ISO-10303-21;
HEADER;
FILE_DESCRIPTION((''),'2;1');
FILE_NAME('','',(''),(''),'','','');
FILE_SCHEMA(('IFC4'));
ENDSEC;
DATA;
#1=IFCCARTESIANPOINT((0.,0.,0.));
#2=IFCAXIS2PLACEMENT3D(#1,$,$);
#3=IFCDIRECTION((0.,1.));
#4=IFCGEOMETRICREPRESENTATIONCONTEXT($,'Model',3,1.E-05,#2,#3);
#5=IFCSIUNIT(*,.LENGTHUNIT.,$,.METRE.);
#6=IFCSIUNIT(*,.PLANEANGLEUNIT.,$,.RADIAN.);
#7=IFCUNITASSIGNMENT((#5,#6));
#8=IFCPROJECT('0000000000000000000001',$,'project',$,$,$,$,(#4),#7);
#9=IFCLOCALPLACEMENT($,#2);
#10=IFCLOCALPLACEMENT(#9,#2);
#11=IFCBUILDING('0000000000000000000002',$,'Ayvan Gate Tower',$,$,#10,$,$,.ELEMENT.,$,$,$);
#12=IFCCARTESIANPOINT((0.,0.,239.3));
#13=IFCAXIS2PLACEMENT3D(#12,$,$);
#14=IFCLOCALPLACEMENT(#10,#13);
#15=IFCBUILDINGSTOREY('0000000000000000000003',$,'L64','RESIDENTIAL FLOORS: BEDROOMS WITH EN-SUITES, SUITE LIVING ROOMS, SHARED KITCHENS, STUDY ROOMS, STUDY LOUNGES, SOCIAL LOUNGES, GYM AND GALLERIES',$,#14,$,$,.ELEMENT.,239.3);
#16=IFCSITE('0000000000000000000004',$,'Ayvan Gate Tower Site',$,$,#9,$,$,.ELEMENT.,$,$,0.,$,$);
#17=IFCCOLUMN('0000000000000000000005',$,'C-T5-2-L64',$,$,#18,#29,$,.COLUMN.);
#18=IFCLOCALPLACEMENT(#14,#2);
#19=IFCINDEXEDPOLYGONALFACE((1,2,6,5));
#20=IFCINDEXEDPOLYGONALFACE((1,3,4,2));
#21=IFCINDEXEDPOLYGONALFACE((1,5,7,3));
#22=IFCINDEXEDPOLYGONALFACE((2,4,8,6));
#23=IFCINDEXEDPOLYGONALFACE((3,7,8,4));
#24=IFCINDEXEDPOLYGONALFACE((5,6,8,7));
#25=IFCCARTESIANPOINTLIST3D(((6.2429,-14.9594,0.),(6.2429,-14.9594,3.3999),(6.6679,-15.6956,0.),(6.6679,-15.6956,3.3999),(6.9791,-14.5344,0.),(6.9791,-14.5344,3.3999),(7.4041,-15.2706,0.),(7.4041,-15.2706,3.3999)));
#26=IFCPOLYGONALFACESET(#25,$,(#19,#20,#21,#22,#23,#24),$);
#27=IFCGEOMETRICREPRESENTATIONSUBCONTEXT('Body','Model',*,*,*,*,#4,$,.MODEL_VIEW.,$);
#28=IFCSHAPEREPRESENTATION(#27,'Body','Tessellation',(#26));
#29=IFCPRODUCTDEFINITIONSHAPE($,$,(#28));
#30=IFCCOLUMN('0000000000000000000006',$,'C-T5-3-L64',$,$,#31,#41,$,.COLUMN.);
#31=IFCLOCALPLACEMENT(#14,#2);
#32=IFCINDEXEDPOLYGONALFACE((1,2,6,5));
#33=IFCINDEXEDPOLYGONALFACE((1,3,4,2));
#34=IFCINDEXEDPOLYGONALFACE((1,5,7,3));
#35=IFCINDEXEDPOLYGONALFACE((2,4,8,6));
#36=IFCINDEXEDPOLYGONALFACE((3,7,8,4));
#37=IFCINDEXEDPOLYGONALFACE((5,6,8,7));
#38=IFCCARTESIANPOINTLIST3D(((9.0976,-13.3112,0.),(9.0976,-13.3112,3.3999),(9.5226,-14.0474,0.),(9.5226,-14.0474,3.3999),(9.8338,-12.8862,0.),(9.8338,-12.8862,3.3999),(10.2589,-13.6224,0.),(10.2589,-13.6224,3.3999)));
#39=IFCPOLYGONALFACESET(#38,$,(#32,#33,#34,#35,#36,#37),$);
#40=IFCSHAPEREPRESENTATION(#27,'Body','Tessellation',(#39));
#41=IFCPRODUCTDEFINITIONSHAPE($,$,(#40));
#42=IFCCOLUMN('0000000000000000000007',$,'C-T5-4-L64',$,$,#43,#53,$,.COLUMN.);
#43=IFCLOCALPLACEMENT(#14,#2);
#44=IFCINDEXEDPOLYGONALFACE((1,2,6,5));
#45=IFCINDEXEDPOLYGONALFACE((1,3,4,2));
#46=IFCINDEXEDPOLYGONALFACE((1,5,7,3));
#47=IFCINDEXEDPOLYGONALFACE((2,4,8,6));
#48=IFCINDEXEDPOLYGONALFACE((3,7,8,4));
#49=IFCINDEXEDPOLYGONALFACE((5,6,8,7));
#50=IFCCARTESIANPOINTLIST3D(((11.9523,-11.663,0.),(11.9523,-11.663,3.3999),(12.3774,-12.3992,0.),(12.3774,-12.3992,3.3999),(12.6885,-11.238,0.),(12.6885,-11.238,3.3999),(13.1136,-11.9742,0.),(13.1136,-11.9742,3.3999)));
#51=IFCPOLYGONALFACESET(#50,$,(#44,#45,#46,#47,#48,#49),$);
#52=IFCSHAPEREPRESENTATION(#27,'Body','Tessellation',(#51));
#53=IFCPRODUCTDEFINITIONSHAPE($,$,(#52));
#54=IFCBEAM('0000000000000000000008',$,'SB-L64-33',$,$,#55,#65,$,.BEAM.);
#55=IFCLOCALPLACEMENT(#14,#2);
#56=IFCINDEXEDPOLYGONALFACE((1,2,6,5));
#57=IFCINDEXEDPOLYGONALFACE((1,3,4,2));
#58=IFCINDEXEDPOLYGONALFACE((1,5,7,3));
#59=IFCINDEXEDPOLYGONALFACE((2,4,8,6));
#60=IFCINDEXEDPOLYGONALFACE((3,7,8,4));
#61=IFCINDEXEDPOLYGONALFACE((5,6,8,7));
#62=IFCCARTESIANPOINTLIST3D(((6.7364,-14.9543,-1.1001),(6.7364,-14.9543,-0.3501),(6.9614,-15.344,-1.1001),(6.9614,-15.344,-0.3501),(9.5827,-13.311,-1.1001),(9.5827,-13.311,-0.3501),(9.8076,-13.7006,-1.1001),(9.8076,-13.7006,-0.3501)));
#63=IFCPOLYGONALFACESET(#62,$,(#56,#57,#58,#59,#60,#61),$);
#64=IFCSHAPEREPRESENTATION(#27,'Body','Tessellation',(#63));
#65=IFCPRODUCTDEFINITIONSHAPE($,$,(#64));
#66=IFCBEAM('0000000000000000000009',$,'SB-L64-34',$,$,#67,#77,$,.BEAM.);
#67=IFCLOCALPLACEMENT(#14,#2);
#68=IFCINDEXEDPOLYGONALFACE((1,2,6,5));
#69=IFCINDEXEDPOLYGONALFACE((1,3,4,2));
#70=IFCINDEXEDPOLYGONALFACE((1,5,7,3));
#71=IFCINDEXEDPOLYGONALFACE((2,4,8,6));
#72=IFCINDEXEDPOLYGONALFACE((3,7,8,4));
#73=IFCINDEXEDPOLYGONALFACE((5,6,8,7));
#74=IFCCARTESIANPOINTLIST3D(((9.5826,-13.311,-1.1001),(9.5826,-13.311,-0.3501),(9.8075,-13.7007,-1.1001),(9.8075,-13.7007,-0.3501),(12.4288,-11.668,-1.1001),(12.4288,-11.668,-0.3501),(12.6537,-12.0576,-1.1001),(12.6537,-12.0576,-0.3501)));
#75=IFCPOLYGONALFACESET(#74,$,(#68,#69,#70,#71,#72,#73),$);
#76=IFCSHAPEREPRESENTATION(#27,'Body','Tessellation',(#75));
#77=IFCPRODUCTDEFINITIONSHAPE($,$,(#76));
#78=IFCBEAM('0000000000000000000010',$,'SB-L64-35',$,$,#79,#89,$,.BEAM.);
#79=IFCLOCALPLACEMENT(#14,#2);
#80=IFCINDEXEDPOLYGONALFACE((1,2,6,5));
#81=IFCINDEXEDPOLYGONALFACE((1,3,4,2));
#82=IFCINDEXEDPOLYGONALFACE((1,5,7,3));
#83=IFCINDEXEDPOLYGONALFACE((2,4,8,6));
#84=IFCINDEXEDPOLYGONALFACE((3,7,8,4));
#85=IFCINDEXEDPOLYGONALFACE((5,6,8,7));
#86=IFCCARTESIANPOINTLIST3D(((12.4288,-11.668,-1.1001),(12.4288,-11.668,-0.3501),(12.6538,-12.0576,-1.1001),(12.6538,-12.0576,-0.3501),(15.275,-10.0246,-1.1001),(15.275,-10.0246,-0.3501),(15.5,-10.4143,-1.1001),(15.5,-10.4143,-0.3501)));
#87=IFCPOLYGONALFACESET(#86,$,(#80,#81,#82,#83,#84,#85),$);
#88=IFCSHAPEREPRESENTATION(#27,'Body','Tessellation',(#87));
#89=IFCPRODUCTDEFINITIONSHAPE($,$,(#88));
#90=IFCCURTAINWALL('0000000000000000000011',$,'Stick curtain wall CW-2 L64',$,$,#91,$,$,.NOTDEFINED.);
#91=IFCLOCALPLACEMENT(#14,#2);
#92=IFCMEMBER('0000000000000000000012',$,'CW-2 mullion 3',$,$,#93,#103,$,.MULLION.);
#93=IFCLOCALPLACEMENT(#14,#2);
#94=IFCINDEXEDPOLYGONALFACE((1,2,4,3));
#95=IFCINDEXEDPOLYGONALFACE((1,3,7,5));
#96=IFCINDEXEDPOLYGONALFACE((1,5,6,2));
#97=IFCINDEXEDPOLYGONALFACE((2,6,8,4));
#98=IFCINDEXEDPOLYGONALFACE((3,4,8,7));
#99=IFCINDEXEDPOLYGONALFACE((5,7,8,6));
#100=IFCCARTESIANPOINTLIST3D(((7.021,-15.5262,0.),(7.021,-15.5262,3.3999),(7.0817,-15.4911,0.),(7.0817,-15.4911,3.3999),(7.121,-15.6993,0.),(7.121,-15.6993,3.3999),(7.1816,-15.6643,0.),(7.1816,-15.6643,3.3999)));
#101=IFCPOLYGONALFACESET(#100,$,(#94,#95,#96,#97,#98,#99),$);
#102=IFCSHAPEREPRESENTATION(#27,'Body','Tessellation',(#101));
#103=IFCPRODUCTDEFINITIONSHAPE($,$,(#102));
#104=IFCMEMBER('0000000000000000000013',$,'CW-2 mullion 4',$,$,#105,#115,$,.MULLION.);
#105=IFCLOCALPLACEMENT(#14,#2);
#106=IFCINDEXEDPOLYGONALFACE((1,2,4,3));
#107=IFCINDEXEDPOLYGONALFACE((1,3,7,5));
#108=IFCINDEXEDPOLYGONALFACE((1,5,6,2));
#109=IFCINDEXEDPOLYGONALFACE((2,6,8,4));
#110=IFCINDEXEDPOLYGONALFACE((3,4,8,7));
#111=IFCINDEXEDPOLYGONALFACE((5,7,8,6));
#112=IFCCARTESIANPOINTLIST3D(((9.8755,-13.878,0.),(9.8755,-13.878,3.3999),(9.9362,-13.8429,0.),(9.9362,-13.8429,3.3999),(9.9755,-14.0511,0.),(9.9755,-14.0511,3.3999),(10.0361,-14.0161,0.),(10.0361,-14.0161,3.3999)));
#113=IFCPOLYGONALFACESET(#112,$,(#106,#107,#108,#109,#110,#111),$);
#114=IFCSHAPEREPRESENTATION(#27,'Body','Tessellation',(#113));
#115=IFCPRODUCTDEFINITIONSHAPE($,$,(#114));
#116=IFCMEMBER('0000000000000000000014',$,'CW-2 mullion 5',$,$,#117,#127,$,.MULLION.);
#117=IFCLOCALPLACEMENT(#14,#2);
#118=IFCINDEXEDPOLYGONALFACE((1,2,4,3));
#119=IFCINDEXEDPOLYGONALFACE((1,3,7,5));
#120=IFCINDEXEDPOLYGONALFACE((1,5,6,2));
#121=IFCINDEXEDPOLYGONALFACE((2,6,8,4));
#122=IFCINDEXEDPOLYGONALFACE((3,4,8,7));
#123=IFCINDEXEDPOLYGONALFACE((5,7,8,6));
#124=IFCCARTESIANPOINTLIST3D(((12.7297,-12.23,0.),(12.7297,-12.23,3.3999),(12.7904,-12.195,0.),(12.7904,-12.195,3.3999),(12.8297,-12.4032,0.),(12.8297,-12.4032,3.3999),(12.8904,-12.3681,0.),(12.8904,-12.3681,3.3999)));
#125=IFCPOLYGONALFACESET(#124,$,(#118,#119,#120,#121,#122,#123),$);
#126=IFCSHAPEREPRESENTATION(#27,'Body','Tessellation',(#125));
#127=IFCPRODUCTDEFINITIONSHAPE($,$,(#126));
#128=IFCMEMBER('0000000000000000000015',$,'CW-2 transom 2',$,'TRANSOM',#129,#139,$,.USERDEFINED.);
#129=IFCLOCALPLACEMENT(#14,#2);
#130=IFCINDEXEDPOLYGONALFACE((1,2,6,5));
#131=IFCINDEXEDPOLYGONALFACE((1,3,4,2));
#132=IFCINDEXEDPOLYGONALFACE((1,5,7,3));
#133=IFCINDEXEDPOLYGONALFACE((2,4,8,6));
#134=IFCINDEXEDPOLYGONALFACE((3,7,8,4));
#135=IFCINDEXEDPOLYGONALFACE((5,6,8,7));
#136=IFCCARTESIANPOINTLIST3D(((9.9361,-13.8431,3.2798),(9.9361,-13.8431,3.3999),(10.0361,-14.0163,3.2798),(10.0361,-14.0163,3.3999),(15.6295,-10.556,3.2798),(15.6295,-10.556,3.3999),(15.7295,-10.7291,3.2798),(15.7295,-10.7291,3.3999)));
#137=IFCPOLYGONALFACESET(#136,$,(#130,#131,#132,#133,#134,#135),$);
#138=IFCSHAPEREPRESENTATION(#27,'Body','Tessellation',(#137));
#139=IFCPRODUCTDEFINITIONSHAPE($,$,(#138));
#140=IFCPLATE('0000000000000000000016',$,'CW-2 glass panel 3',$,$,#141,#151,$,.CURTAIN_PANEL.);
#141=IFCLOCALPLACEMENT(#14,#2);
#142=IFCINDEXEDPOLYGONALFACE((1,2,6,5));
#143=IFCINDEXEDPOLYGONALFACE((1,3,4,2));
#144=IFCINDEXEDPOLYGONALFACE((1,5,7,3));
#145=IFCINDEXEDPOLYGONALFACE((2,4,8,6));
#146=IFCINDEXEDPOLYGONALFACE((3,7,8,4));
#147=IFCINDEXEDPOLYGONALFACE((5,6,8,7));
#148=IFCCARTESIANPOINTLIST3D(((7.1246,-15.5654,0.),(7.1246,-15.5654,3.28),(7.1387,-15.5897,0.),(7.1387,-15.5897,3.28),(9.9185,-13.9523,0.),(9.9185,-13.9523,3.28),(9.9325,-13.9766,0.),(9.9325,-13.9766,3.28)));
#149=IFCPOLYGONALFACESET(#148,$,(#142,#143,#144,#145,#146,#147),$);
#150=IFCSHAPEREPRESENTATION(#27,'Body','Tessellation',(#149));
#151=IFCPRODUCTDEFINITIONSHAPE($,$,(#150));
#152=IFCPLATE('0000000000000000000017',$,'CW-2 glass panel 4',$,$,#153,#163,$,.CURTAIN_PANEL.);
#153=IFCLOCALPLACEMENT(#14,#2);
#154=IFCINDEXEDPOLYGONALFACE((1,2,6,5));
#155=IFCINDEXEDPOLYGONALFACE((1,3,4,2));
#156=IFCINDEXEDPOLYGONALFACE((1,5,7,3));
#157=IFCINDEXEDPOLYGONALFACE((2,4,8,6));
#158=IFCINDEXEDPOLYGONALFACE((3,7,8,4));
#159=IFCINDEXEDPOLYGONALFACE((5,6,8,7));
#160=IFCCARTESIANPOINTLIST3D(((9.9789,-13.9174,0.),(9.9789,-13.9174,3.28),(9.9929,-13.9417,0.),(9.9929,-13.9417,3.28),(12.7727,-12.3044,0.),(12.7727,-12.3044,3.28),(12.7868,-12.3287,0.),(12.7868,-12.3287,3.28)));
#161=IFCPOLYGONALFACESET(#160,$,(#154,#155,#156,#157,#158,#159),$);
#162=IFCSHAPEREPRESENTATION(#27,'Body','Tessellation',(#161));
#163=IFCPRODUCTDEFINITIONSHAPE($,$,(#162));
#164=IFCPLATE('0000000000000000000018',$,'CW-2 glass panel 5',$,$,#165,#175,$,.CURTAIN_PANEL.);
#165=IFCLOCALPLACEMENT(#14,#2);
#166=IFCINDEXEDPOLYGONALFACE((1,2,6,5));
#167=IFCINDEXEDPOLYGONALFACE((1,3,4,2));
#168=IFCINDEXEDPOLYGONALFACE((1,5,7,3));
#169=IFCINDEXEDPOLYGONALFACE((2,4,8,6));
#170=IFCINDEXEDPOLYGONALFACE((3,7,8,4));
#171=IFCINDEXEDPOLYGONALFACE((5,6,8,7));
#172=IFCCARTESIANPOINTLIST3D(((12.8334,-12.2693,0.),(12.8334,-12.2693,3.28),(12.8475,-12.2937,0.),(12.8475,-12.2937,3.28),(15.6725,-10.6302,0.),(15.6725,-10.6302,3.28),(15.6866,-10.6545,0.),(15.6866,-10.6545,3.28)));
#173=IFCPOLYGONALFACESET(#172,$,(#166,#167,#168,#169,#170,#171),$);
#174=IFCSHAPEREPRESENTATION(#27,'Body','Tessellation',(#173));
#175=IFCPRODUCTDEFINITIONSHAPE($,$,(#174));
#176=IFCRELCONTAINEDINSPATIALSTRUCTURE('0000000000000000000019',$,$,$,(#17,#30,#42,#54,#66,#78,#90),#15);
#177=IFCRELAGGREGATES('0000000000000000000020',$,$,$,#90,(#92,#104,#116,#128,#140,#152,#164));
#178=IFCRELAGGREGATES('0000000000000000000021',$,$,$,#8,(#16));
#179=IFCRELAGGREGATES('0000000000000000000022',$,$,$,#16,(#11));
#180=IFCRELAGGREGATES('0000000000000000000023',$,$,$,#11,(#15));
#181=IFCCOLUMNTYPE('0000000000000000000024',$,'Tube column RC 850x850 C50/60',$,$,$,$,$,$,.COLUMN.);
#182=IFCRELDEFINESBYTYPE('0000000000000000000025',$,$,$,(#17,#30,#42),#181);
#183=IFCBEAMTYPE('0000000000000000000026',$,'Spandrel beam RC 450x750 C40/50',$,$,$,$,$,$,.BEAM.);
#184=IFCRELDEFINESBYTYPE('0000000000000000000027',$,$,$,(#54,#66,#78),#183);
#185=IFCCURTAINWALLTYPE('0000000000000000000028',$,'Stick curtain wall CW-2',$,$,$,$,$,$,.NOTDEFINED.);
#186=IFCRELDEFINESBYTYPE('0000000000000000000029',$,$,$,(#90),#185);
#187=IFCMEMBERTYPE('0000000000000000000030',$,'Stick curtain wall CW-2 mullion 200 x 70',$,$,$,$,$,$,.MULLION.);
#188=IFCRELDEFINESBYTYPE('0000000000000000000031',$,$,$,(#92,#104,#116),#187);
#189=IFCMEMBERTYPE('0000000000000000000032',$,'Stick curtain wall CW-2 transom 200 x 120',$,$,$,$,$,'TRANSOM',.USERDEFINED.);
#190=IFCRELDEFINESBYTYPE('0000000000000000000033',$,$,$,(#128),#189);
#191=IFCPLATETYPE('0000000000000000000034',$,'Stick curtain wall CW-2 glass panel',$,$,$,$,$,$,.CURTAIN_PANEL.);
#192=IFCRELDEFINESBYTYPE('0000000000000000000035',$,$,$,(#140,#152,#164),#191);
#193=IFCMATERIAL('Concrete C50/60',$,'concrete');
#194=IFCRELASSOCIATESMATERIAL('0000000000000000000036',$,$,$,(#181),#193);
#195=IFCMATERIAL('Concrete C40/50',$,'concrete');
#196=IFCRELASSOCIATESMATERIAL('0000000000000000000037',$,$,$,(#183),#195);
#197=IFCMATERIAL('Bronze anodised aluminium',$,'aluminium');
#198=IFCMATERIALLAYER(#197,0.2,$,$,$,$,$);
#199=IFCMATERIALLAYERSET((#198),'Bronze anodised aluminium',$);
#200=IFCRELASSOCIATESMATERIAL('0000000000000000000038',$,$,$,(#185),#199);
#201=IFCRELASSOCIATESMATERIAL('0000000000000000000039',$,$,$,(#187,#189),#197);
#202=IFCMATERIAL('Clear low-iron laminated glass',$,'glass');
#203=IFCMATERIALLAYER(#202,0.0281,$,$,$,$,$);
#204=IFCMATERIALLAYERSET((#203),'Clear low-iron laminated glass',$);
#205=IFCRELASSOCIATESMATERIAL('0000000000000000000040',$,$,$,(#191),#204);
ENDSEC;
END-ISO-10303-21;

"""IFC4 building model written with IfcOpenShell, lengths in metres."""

from ifc_helpers import new_model, si_unit, direction, frame, origin, origin_2d, place, context, subcontext, project, spatial, rectangle, extrude, material, layer, layer_set, material_profile, profile_set, type_object, element, aggregate, save


model = new_model("IFC4")

# Units and contexts
model_context = context("Model", 3, precision=1e-05, world=origin(), true_north=direction((0.0, 1.0)))
body_context = subcontext(model_context, "Body", "Model", "MODEL_VIEW")
ifc_project = project(units=[si_unit("LENGTHUNIT", "METRE"), si_unit("PLANEANGLEUNIT", "RADIAN")], contexts=[model_context])

# Site, building, storey
site_placement = place(None, origin())
site = spatial("IfcSite", under=ifc_project, at=site_placement, Name="Ayvan Gate Tower Site", CompositionType="ELEMENT", RefElevation=0.0)
building_placement = place(site_placement, origin())
building = spatial("IfcBuilding", under=site, at=building_placement, Name="Ayvan Gate Tower", CompositionType="ELEMENT")
storey_placement = place(building_placement, frame((0.0, 0.0, 239.3)))
storey = spatial("IfcBuildingStorey", under=building, at=storey_placement, Name="L64", Description="RESIDENTIAL FLOORS: BEDROOMS WITH EN-SUITES, SUITE LIVING ROOMS, SHARED KITCHENS, STUDY ROOMS, STUDY LOUNGES, SOCIAL LOUNGES, GYM AND GALLERIES", CompositionType="ELEMENT", Elevation=239.3)

# Columns
ifc_material_1 = material(Name="Concrete C50/60", Category="concrete")
ifc_material_profile_1 = material_profile(ifc_material_1, rectangle(XDim=0.8501, YDim=0.8501, at=origin_2d()), Name="RC 850x850")
ifc_profile_set_1 = profile_set([ifc_material_profile_1], Name="Concrete C50/60")
column_type = type_object("IfcColumnType", Name="Tube column RC 850x850 C50/60", PredefinedType="COLUMN", material=ifc_profile_set_1)
for number, where, z_axis, x_axis, name in (
    (1, (6.8235, -15.115, 0.0), (0.0, 0.0, 1.0), (0.5, -0.866025, 0.0), "C-T5-2-L64"),
    (2, (9.6782, -13.4668, 0.0), (0.0, 0.0, 1.0), (0.5, -0.866025, 0.0), "C-T5-3-L64"),
    (3, (12.533, -11.8186, 0.0), (0.0, 0.0, 1.0), (0.5, -0.866025, 0.0), "C-T5-4-L64"),
):
    element("IfcColumn", number, at=place(storey_placement, frame(where, z_axis=z_axis, x_axis=x_axis)), inside=storey, type_object=column_type, Name=name, PredefinedType="COLUMN", context=body_context, shape_type="SweptSolid", body=[
        extrude(rectangle(XDim=0.8501, YDim=0.8501, at=origin_2d()), origin(), (0.0, 0.0, 1.0), 3.3999),
    ])

# Beams
ifc_material_2 = material(Name="Concrete C40/50", Category="concrete")
ifc_material_profile_2 = material_profile(ifc_material_2, rectangle(XDim=0.45, YDim=0.75, at=origin_2d()), Name="RC 450x750")
ifc_profile_set_2 = profile_set([ifc_material_profile_2], Name="Concrete C40/50")
beam_type = type_object("IfcBeamType", Name="Spandrel beam RC 450x750 C40/50", PredefinedType="BEAM", material=ifc_profile_set_2)
beam_1_placement = place(storey_placement, frame((6.8489, -15.1492, -0.7251), z_axis=(0.866017, 0.500014, 0.0), x_axis=(-0.500014, 0.866017, 0.0)))
element("IfcBeam", 4, at=beam_1_placement, inside=storey, type_object=beam_type, Name="SB-L64-33", PredefinedType="BEAM", context=body_context, shape_type="SweptSolid", body=[
    extrude(rectangle(XDim=0.45, YDim=0.75, at=origin_2d()), origin(), (0.0, 0.0, 1.0), 3.2866),
])
beam_2_placement = place(storey_placement, frame((9.6951, -13.5059, -0.7251), z_axis=(0.86605, 0.499958, 0.0), x_axis=(-0.499958, 0.86605, 0.0)))
element("IfcBeam", 5, at=beam_2_placement, inside=storey, type_object=beam_type, Name="SB-L64-34", PredefinedType="BEAM", context=body_context, shape_type="SweptSolid", body=[
    extrude(rectangle(XDim=0.45, YDim=0.75, at=origin_2d()), origin(), (0.0, 0.0, 1.0), 3.2864),
])
beam_3_placement = place(storey_placement, frame((12.5413, -11.8628, -0.7251), z_axis=(0.866017, 0.500014, 0.0), x_axis=(-0.500014, 0.866017, 0.0)))
element("IfcBeam", 6, at=beam_3_placement, inside=storey, type_object=beam_type, Name="SB-L64-35", PredefinedType="BEAM", context=body_context, shape_type="SweptSolid", body=[
    extrude(rectangle(XDim=0.45, YDim=0.75, at=origin_2d()), origin(), (0.0, 0.0, 1.0), 3.2866),
])

# Curtain wall, members, plates
ifc_material_3 = material(Name="Bronze anodised aluminium", Category="aluminium")
ifc_layer_1 = layer(ifc_material_3, 0.2)
ifc_layer_set_1 = layer_set([ifc_layer_1], Name="Bronze anodised aluminium")
curtain_wall_type = type_object("IfcCurtainWallType", Name="Stick curtain wall CW-2", PredefinedType="NOTDEFINED", material=ifc_layer_set_1)
curtain_wall_placement = place(storey_placement, origin())
curtain_wall = element("IfcCurtainWall", 7, at=curtain_wall_placement, inside=storey, type_object=curtain_wall_type, Name="Stick curtain wall CW-2 L64", PredefinedType="NOTDEFINED")
ifc_material_profile_3 = material_profile(ifc_material_3, rectangle(XDim=0.2, YDim=0.0701, at=origin_2d()), Name="Stick curtain wall CW-2 mullion 200 x 70")
ifc_profile_set_3 = profile_set([ifc_material_profile_3], Name="Bronze anodised aluminium")
member_type_1 = type_object("IfcMemberType", Name="Stick curtain wall CW-2 mullion 200 x 70", PredefinedType="MULLION", material=ifc_profile_set_3)
member_1_placement = place(storey_placement, frame((7.1013, -15.5952, 0.0), z_axis=(0.0, 0.0, 1.0), x_axis=(0.5, -0.866025, 0.0)))
member_1 = element("IfcMember", 8, at=member_1_placement, type_object=member_type_1, Name="CW-2 mullion 3", PredefinedType="MULLION", context=body_context, shape_type="SweptSolid", body=[
    extrude(rectangle(XDim=0.2, YDim=0.0701, at=origin_2d()), origin(), (0.0, 0.0, 1.0), 3.3999),
])
member_2_placement = place(storey_placement, frame((9.9558, -13.947, 0.0), z_axis=(0.0, 0.0, 1.0), x_axis=(0.5, -0.866025, 0.0)))
member_2 = element("IfcMember", 9, at=member_2_placement, type_object=member_type_1, Name="CW-2 mullion 4", PredefinedType="MULLION", context=body_context, shape_type="SweptSolid", body=[
    extrude(rectangle(XDim=0.2, YDim=0.0701, at=origin_2d()), origin(), (0.0, 0.0, 1.0), 3.3999),
])
member_3_placement = place(storey_placement, frame((12.8101, -12.2991, 0.0), z_axis=(0.0, 0.0, 1.0), x_axis=(0.5, -0.866025, 0.0)))
member_3 = element("IfcMember", 10, at=member_3_placement, type_object=member_type_1, Name="CW-2 mullion 5", PredefinedType="MULLION", context=body_context, shape_type="SweptSolid", body=[
    extrude(rectangle(XDim=0.2, YDim=0.0701, at=origin_2d()), origin(), (0.0, 0.0, 1.0), 3.3999),
])
ifc_material_profile_4 = material_profile(ifc_material_3, rectangle(XDim=0.2, YDim=0.1201, at=origin_2d()), Name="Stick curtain wall CW-2 transom 200 x 120")
ifc_profile_set_4 = profile_set([ifc_material_profile_4], Name="Bronze anodised aluminium")
member_type_2 = type_object("IfcMemberType", Name="Stick curtain wall CW-2 transom 200 x 120", ElementType="TRANSOM", PredefinedType="USERDEFINED", material=ifc_profile_set_4)
member_4_placement = place(storey_placement, frame((9.9861, -13.9297, 3.3398), z_axis=(0.866022, 0.500005, 0.0), x_axis=(-0.500005, 0.866022, 0.0)))
member_4 = element("IfcMember", 11, at=member_4_placement, type_object=member_type_2, Name="CW-2 transom 2", ObjectType="TRANSOM", PredefinedType="USERDEFINED", context=body_context, shape_type="SweptSolid", body=[
    extrude(rectangle(XDim=0.2, YDim=0.1201, at=origin_2d()), origin(), (0.0, 0.0, 1.0), 6.5742),
])
ifc_material_4 = material(Name="Clear low-iron laminated glass", Category="glass")
ifc_layer_2 = layer(ifc_material_4, 0.0281)
ifc_layer_set_2 = layer_set([ifc_layer_2], Name="Clear low-iron laminated glass")
plate_type = type_object("IfcPlateType", Name="Stick curtain wall CW-2 glass panel", PredefinedType="CURTAIN_PANEL", material=ifc_layer_set_2)
plate_1_placement = place(storey_placement, frame((8.5286, -14.771, 0.0), z_axis=(0.0, 0.0, 1.0), x_axis=(0.866025, 0.5, 0.0)))
plate_1 = element("IfcPlate", 12, at=plate_1_placement, type_object=plate_type, Name="CW-2 glass panel 3", PredefinedType="CURTAIN_PANEL", context=body_context, shape_type="SweptSolid", body=[
    extrude(rectangle(XDim=3.2261, YDim=0.0281, at=origin_2d()), origin(), (0.0, 0.0, 1.0), 3.28),
])
plate_2_placement = place(storey_placement, frame((11.3828, -13.123, 0.0), z_axis=(0.0, 0.0, 1.0), x_axis=(0.866025, 0.5, 0.0)))
plate_2 = element("IfcPlate", 13, at=plate_2_placement, type_object=plate_type, Name="CW-2 glass panel 4", PredefinedType="CURTAIN_PANEL", context=body_context, shape_type="SweptSolid", body=[
    extrude(rectangle(XDim=3.2261, YDim=0.0281, at=origin_2d()), origin(), (0.0, 0.0, 1.0), 3.28),
])
plate_3_placement = place(storey_placement, frame((14.26, -11.4619, 0.0), z_axis=(0.0, 0.0, 1.0), x_axis=(0.866025, 0.5, 0.0)))
plate_3 = element("IfcPlate", 14, at=plate_3_placement, type_object=plate_type, Name="CW-2 glass panel 5", PredefinedType="CURTAIN_PANEL", context=body_context, shape_type="SweptSolid", body=[
    extrude(rectangle(XDim=3.2783, YDim=0.0281, at=origin_2d()), origin(), (0.0, 0.0, 1.0), 3.28),
])
aggregate(curtain_wall, [member_1, member_2, member_3, member_4, plate_1, plate_2, plate_3])

save(model, "model.ifc")
